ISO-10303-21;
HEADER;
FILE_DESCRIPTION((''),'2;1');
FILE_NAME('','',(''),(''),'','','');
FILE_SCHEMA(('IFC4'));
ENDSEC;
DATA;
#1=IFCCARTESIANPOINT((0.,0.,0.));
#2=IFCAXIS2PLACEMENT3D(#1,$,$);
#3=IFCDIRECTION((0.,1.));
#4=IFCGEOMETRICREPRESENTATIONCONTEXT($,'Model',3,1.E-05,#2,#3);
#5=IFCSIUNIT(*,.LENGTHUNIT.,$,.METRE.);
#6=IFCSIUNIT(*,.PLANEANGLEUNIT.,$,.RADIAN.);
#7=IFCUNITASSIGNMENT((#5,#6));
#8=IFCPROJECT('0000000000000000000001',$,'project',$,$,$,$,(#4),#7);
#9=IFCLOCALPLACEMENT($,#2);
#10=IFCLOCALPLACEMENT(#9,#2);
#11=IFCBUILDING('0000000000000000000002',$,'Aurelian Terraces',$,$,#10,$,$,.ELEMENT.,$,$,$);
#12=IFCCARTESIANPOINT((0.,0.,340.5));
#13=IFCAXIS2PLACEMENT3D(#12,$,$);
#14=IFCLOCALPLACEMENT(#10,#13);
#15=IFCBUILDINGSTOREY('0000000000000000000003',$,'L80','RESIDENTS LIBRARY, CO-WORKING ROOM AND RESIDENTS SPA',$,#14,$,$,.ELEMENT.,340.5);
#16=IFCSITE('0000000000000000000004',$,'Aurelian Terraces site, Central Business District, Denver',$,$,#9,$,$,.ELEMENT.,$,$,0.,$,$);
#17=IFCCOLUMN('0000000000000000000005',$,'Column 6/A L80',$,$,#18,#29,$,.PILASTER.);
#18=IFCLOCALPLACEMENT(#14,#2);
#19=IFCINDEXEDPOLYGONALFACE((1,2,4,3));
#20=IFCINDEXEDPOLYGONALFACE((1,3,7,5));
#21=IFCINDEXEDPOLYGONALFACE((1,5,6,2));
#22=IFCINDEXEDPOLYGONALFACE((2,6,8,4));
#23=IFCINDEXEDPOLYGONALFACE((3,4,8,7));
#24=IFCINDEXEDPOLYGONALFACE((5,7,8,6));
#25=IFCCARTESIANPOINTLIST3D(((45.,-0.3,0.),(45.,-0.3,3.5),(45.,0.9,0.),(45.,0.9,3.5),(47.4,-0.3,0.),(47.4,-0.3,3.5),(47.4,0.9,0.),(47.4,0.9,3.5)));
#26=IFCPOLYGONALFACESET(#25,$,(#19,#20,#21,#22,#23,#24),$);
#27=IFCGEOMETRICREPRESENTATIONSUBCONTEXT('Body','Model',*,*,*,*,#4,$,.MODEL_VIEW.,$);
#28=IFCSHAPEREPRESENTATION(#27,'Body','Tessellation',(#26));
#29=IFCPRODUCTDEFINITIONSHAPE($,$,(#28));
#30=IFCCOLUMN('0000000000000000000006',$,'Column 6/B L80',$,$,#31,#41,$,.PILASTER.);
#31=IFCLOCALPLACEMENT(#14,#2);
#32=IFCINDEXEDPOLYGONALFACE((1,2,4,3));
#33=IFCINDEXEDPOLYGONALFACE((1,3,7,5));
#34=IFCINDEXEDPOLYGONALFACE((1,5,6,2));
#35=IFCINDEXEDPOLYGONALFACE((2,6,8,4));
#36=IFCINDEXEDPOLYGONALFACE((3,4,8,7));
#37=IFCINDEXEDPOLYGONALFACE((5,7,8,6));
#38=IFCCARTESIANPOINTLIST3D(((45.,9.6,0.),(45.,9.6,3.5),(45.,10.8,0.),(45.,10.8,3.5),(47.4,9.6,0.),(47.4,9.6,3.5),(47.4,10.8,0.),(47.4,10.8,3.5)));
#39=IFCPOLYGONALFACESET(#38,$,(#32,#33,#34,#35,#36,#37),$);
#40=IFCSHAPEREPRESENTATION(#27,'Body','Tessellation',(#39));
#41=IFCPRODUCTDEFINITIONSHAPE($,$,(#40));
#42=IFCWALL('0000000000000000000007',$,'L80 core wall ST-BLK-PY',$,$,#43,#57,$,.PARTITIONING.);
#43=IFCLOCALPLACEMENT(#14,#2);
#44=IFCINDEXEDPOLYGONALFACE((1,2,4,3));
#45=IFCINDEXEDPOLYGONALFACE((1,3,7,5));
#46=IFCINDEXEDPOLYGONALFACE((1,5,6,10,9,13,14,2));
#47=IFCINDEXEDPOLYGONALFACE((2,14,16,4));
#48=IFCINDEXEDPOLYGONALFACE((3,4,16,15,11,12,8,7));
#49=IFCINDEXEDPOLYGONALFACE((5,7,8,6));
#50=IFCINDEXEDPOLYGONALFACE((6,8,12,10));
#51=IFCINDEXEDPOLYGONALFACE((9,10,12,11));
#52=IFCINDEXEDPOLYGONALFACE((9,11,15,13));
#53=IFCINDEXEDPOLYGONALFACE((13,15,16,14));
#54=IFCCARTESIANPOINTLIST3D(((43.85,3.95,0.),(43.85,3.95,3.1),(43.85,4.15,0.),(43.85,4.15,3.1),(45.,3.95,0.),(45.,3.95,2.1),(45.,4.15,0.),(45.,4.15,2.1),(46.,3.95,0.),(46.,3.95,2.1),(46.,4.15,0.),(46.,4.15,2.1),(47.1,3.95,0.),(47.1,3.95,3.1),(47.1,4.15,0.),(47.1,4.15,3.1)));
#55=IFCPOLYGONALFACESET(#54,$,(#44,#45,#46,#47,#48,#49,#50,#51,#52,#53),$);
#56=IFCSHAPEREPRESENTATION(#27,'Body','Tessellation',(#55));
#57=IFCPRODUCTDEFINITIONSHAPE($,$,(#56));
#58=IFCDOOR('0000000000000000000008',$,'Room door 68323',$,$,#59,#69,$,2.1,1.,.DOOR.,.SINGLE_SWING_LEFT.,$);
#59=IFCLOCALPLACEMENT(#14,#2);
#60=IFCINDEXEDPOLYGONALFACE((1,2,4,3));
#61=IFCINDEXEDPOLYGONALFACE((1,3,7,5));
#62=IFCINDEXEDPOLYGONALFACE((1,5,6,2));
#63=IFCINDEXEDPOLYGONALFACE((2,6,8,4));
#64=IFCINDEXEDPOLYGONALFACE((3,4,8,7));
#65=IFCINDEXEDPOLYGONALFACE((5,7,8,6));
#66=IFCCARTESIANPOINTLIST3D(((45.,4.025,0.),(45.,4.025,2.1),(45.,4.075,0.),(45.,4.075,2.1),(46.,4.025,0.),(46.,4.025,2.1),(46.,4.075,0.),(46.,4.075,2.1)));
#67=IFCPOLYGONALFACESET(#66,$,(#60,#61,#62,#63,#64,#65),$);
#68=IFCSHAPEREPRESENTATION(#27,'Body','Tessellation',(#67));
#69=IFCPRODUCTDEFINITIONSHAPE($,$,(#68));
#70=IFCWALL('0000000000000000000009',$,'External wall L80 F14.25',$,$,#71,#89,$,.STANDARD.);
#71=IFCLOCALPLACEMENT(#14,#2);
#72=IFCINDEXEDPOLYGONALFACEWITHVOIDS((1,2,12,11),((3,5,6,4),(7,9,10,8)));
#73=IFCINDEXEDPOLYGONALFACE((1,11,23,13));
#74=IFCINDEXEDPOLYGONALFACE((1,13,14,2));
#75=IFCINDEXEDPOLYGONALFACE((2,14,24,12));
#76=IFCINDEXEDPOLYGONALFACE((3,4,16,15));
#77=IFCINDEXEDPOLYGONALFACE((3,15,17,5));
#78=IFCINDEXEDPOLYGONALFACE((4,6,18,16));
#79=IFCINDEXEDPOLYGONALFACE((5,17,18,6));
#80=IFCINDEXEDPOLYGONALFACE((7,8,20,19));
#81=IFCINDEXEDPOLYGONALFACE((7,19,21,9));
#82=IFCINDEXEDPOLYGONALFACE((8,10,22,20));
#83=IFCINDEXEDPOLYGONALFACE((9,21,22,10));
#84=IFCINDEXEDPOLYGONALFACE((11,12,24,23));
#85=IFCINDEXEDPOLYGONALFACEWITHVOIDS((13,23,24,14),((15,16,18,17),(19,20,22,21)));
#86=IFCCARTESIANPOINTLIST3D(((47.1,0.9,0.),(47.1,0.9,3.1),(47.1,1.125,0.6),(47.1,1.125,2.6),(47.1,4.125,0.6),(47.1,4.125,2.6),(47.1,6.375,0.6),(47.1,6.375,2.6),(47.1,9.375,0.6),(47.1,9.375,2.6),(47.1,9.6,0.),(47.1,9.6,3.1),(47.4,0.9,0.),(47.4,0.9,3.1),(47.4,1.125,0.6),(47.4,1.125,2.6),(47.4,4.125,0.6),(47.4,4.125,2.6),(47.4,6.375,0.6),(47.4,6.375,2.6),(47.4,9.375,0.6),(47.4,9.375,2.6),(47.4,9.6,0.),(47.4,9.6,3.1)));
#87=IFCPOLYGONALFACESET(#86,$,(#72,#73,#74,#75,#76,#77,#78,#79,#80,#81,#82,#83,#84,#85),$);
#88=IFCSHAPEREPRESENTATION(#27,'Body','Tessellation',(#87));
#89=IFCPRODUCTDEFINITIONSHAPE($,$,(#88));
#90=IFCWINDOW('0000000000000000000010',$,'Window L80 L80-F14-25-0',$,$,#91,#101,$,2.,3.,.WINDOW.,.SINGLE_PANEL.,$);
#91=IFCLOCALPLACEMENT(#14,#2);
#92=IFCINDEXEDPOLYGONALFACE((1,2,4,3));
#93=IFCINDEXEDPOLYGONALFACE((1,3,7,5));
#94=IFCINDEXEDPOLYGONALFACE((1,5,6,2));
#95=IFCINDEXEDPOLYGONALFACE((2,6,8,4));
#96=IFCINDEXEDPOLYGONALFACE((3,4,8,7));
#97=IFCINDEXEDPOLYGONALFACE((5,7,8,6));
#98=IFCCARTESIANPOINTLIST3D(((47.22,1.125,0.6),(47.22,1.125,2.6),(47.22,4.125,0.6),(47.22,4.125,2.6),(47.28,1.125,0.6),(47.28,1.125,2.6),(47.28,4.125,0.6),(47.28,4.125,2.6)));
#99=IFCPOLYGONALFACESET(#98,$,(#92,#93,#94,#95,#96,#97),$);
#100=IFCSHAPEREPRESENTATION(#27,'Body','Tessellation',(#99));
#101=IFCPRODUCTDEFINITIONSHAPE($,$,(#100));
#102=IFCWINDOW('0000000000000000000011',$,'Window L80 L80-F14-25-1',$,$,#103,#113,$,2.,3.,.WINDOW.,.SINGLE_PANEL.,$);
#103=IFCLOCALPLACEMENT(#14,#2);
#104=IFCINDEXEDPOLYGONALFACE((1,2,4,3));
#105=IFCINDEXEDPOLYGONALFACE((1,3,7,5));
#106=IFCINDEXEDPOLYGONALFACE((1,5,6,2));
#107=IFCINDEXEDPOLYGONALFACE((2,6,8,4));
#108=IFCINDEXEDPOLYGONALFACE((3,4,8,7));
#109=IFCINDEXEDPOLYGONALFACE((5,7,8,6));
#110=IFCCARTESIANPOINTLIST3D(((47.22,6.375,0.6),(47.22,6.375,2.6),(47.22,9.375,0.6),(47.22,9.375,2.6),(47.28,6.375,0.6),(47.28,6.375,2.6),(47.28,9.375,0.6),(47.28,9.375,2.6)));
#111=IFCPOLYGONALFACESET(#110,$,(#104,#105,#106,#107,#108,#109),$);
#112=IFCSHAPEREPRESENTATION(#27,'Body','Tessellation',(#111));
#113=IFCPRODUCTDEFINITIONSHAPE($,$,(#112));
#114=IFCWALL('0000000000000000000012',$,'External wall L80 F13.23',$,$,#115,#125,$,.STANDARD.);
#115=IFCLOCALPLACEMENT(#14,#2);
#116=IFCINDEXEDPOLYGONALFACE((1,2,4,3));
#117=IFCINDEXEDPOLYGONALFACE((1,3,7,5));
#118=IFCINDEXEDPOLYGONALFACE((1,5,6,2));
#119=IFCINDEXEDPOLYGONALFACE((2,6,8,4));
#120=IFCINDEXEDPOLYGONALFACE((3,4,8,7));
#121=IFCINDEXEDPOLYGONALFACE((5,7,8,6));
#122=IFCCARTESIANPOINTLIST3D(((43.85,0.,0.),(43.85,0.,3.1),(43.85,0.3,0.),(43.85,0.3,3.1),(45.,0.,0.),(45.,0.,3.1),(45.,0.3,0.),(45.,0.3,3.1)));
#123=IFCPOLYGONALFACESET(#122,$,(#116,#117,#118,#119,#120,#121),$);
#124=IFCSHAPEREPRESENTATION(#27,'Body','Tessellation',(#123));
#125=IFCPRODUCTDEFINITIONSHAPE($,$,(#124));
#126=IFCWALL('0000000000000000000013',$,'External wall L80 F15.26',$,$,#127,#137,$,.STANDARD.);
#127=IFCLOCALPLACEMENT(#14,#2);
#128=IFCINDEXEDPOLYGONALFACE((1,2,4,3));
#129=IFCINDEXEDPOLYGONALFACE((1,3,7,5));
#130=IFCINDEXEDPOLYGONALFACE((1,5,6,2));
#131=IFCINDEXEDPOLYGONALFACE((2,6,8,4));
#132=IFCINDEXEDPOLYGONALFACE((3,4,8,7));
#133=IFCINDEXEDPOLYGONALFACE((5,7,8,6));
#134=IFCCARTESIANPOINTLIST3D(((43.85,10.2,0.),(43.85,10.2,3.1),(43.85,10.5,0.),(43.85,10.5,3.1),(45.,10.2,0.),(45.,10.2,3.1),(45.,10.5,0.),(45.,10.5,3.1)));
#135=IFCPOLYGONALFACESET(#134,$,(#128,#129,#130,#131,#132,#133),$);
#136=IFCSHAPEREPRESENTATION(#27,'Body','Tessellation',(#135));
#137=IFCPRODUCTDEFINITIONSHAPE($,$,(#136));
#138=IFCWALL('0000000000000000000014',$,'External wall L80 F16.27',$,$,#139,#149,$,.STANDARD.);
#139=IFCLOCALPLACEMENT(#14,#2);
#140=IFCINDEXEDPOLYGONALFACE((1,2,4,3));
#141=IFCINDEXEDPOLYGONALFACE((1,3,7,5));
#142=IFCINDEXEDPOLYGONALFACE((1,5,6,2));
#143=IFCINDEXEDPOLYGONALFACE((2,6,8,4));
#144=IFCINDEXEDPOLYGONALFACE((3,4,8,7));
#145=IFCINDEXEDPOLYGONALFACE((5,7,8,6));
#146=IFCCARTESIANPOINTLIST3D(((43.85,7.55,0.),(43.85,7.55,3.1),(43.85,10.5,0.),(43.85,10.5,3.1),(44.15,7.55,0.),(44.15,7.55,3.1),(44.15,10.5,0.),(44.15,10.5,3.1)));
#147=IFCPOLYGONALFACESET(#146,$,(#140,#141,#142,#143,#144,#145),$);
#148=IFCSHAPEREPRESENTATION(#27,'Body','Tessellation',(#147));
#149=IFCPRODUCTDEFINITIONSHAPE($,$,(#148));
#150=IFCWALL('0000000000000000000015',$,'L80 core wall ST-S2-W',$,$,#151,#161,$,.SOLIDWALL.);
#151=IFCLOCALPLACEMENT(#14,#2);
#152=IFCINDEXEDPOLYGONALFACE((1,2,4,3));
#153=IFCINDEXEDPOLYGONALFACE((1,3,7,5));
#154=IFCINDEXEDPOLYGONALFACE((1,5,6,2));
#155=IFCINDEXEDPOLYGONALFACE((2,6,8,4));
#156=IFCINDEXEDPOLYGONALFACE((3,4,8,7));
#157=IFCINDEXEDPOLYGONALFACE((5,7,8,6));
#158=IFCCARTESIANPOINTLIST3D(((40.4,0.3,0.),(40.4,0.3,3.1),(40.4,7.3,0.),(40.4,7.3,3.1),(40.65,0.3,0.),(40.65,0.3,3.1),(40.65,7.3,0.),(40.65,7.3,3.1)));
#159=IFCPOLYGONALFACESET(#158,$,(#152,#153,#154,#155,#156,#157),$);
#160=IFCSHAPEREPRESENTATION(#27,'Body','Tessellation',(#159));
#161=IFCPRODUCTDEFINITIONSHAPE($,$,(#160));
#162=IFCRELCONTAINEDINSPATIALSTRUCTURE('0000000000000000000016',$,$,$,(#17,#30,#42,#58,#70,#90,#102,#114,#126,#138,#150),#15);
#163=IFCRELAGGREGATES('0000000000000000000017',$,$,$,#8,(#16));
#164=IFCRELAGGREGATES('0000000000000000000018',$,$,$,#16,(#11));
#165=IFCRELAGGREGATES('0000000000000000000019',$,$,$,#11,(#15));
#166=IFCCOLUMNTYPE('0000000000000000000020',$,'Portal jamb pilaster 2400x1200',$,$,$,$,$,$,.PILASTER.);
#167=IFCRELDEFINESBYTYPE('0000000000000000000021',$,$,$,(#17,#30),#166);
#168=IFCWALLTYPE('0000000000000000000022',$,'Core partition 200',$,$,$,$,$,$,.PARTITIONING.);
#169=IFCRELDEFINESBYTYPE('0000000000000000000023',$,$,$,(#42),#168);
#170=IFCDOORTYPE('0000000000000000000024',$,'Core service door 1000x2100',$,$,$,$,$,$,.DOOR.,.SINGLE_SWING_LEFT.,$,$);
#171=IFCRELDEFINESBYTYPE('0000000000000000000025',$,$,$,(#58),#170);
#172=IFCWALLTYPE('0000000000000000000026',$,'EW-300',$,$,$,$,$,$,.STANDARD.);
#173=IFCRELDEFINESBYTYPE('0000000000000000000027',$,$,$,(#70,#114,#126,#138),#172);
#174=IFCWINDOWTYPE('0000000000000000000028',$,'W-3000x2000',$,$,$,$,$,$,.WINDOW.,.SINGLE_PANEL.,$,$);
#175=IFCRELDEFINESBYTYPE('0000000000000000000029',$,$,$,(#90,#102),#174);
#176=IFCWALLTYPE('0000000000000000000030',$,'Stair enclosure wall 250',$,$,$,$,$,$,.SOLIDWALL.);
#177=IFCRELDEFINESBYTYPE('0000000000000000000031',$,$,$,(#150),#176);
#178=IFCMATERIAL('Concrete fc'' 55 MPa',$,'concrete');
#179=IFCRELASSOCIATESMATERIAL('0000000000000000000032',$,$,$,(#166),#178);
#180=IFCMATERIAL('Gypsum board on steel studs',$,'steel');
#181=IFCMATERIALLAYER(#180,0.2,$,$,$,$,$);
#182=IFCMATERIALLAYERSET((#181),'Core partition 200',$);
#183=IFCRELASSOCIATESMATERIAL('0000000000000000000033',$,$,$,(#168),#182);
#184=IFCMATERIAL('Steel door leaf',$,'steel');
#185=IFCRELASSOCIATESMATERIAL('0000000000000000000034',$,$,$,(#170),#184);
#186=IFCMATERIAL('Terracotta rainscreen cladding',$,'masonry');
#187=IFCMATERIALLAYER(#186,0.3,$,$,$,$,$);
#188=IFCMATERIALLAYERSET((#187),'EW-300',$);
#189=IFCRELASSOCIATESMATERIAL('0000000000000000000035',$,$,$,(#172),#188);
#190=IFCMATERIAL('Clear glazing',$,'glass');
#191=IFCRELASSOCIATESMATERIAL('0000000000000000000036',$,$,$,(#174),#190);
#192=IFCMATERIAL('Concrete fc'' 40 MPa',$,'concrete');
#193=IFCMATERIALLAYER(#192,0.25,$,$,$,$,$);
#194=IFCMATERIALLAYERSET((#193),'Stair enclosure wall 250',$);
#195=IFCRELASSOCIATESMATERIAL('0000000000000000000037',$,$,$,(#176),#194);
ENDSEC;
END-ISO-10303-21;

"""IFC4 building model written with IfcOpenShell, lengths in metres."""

from ifc_helpers import new_model, si_unit, direction, frame, frame_2d, origin, origin_2d, place, context, subcontext, project, spatial, rectangle, extrude, source, transform, mapped, material, layer, layer_set, material_profile, profile_set, type_object, element, fill, save


model = new_model("IFC4")

# Units and contexts
model_context = context("Model", 3, precision=1e-05, world=origin(), true_north=direction((0.0, 1.0)))
body_context = subcontext(model_context, "Body", "Model", "MODEL_VIEW")
ifc_project = project(units=[si_unit("LENGTHUNIT", "METRE"), si_unit("PLANEANGLEUNIT", "RADIAN")], contexts=[model_context])

# Site, building, storey
site_placement = place(None, origin())
site = spatial("IfcSite", under=ifc_project, at=site_placement, Name="Aurelian Terraces site, Central Business District, Denver", CompositionType="ELEMENT", RefElevation=0.0)
building_placement = place(site_placement, origin())
building = spatial("IfcBuilding", under=site, at=building_placement, Name="Aurelian Terraces", CompositionType="ELEMENT")
storey_placement = place(building_placement, frame((0.0, 0.0, 340.5)))
storey = spatial("IfcBuildingStorey", under=building, at=storey_placement, Name="L80", Description="RESIDENTS LIBRARY, CO-WORKING ROOM AND RESIDENTS SPA", CompositionType="ELEMENT", Elevation=340.5)

# Columns
ifc_material_1 = material(Name="Concrete fc' 55 MPa", Category="concrete")
ifc_material_profile = material_profile(ifc_material_1, rectangle(XDim=2.4, YDim=1.2, at=origin_2d()))
ifc_profile_set = profile_set([ifc_material_profile], Name="Concrete fc' 55 MPa")
column_type = type_object("IfcColumnType", Name="Portal jamb pilaster 2400x1200", PredefinedType="PILASTER", material=ifc_profile_set)
shared_shape_1 = source(origin(), body_context, "Body", "SweptSolid", [
    extrude(rectangle(XDim=2.4, YDim=1.2, at=origin_2d()), origin(), (0.0, 0.0, 1.0), 3.5),
])
for number, where, z_axis, x_axis, name in (
    (1, (46.2, 0.3, 0.0), (0.0, 0.0, 1.0), (1.0, 0.0, 0.0), "Column 6/A L80"),
    (2, (46.2, 10.2, 0.0), (0.0, 0.0, 1.0), (1.0, 0.0, 0.0), "Column 6/B L80"),
):
    element("IfcColumn", number, at=place(storey_placement, frame(where, z_axis=z_axis, x_axis=x_axis)), inside=storey, type_object=column_type, Name=name, PredefinedType="PILASTER", context=body_context, shape_type="MappedRepresentation", body=[
        mapped(shared_shape_1, transform((0.0, 0.0, 0.0), scale=1.0)),
    ])

# Wall, opening, door
ifc_material_2 = material(Name="Gypsum board on steel studs", Category="steel")
ifc_layer_1 = layer(ifc_material_2, 0.2)
ifc_layer_set_1 = layer_set([ifc_layer_1], Name="Core partition 200")
wall_type_1 = type_object("IfcWallType", Name="Core partition 200", PredefinedType="PARTITIONING", material=ifc_layer_set_1)
wall_1_placement = place(storey_placement, frame((43.85, 4.05, 0.0), z_axis=(0.0, 0.0, 1.0), x_axis=(1.0, 0.0, 0.0)))
wall_1 = element("IfcWall", 3, at=wall_1_placement, inside=storey, type_object=wall_type_1, Name="L80 core wall ST-BLK-PY", PredefinedType="PARTITIONING", context=body_context, shape_type="SweptSolid", body=[
    extrude(rectangle(XDim=3.25, YDim=0.2, at=frame_2d((1.625, 0.0))), origin(), (0.0, 0.0, 1.0), 3.1),
])
shared_shape_2 = source(origin(), body_context, "Body", "SweptSolid", [
    extrude(rectangle(XDim=1.0, YDim=2.1, at=frame_2d((0.5, 1.05))), frame((0.0, 0.11, 0.0), z_axis=(0.0, -1.0, 0.0), x_axis=(1.0, 0.0, 0.0)), (0.0, 0.0, 1.0), 0.22),
])
opening_1_placement = place(wall_1_placement, frame((1.15, 0.0, 0.0)))
opening_1 = element("IfcOpeningElement", 4, at=opening_1_placement, cuts=wall_1, PredefinedType="OPENING", context=body_context, shape_type="MappedRepresentation", body=[
    mapped(shared_shape_2, transform((0.0, 0.0, 0.0), scale=1.0)),
])
ifc_material_3 = material(Name="Steel door leaf", Category="steel")
door_type_1 = type_object("IfcDoorType", Name="Core service door 1000x2100", OperationType="SINGLE_SWING_LEFT", PredefinedType="DOOR", material=ifc_material_3)
shared_shape_3 = source(origin(), body_context, "Body", "SweptSolid", [
    extrude(rectangle(XDim=1.0, YDim=2.1, at=frame_2d((0.5, 1.05))), frame((0.0, 0.025, 0.0), z_axis=(0.0, -1.0, 0.0), x_axis=(1.0, 0.0, 0.0)), (0.0, 0.0, 1.0), 0.05),
])
door_1_placement = place(opening_1_placement, origin())
door_1 = element("IfcDoor", 5, at=door_1_placement, inside=storey, type_object=door_type_1, Name="Room door 68323", OperationType="SINGLE_SWING_LEFT", OverallHeight=2.1, OverallWidth=1.0, PredefinedType="DOOR", context=body_context, shape_type="MappedRepresentation", body=[
    mapped(shared_shape_3, transform((0.0, 0.0, 0.0), scale=1.0)),
])
fill(opening_1, door_1)

# Wall, openings, windows
ifc_material_4 = material(Name="Terracotta rainscreen cladding", Category="masonry")
ifc_layer_2 = layer(ifc_material_4, 0.3)
ifc_layer_set_2 = layer_set([ifc_layer_2], Name="EW-300")
wall_type_2 = type_object("IfcWallType", Name="EW-300", PredefinedType="STANDARD", material=ifc_layer_set_2)
shared_shape_4 = source(origin(), body_context, "Body", "SweptSolid", [
    extrude(rectangle(XDim=8.7, YDim=0.3, at=frame_2d((4.35, 0.0))), origin(), (0.0, 0.0, 1.0), 3.1),
])
wall_2_placement = place(storey_placement, frame((47.25, 0.9, 0.0), z_axis=(0.0, 0.0, 1.0), x_axis=(0.0, 1.0, 0.0)))
wall_2 = element("IfcWall", 6, at=wall_2_placement, inside=storey, type_object=wall_type_2, Name="External wall L80 F14.25", PredefinedType="STANDARD", context=body_context, shape_type="MappedRepresentation", body=[
    mapped(shared_shape_4, transform((0.0, 0.0, 0.0), scale=1.0)),
])
shared_shape_5 = source(origin(), body_context, "Body", "SweptSolid", [
    extrude(rectangle(XDim=3.0, YDim=2.0, at=frame_2d((1.5, 1.0))), frame((0.0, 0.16, 0.0), z_axis=(0.0, -1.0, 0.0), x_axis=(1.0, 0.0, 0.0)), (0.0, 0.0, 1.0), 0.32),
])
opening_2_placement = place(wall_2_placement, frame((0.225, 0.0, 0.6)))
opening_2 = element("IfcOpeningElement", 7, at=opening_2_placement, cuts=wall_2, PredefinedType="OPENING", context=body_context, shape_type="MappedRepresentation", body=[
    mapped(shared_shape_5, transform((0.0, 0.0, 0.0), scale=1.0)),
])
opening_3_placement = place(wall_2_placement, frame((5.475, 0.0, 0.6)))
opening_3 = element("IfcOpeningElement", 8, at=opening_3_placement, cuts=wall_2, PredefinedType="OPENING", context=body_context, shape_type="MappedRepresentation", body=[
    mapped(shared_shape_5, transform((0.0, 0.0, 0.0), scale=1.0)),
])
ifc_material_5 = material(Name="Clear glazing", Category="glass")
window_type = type_object("IfcWindowType", Name="W-3000x2000", PartitioningType="SINGLE_PANEL", PredefinedType="WINDOW", material=ifc_material_5)
shared_shape_6 = source(origin(), body_context, "Body", "SweptSolid", [
    extrude(rectangle(XDim=3.0, YDim=2.0, at=frame_2d((1.5, 1.0))), frame((0.0, 0.03, 0.0), z_axis=(0.0, -1.0, 0.0), x_axis=(1.0, 0.0, 0.0)), (0.0, 0.0, 1.0), 0.06),
])
window_1_placement = place(opening_2_placement, origin())
window_1 = element("IfcWindow", 9, at=window_1_placement, inside=storey, type_object=window_type, Name="Window L80 L80-F14-25-0", OverallHeight=2.0, OverallWidth=3.0, PartitioningType="SINGLE_PANEL", PredefinedType="WINDOW", context=body_context, shape_type="MappedRepresentation", body=[
    mapped(shared_shape_6, transform((0.0, 0.0, 0.0), scale=1.0)),
])
fill(opening_2, window_1)
window_2_placement = place(opening_3_placement, origin())
window_2 = element("IfcWindow", 10, at=window_2_placement, inside=storey, type_object=window_type, Name="Window L80 L80-F14-25-1", OverallHeight=2.0, OverallWidth=3.0, PartitioningType="SINGLE_PANEL", PredefinedType="WINDOW", context=body_context, shape_type="MappedRepresentation", body=[
    mapped(shared_shape_6, transform((0.0, 0.0, 0.0), scale=1.0)),
])
fill(opening_3, window_2)

# Walls
shared_shape_7 = source(origin(), body_context, "Body", "SweptSolid", [
    extrude(rectangle(XDim=1.15, YDim=0.3, at=frame_2d((0.575, 0.0))), origin(), (0.0, 0.0, 1.0), 3.1),
])
for number, where, z_axis, x_axis, name in (
    (11, (43.85, 0.15, 0.0), (0.0, 0.0, 1.0), (1.0, 0.0, 0.0), "External wall L80 F13.23"),
    (12, (45.0, 10.35, 0.0), (0.0, 0.0, 1.0), (-1.0, 0.0, 0.0), "External wall L80 F15.26"),
):
    element("IfcWall", number, at=place(storey_placement, frame(where, z_axis=z_axis, x_axis=x_axis)), inside=storey, type_object=wall_type_2, Name=name, PredefinedType="STANDARD", context=body_context, shape_type="MappedRepresentation", body=[
        mapped(shared_shape_7, transform((0.0, 0.0, 0.0), scale=1.0)),
    ])
shared_shape_8 = source(origin(), body_context, "Body", "SweptSolid", [
    extrude(rectangle(XDim=2.95, YDim=0.3, at=frame_2d((1.475, 0.0))), origin(), (0.0, 0.0, 1.0), 3.1),
])
wall_3_placement = place(storey_placement, frame((44.0, 10.5, 0.0), z_axis=(0.0, 0.0, 1.0), x_axis=(0.0, -1.0, 0.0)))
element("IfcWall", 13, at=wall_3_placement, inside=storey, type_object=wall_type_2, Name="External wall L80 F16.27", PredefinedType="STANDARD", context=body_context, shape_type="MappedRepresentation", body=[
    mapped(shared_shape_8, transform((0.0, 0.0, 0.0), scale=1.0)),
])
ifc_material_6 = material(Name="Concrete fc' 40 MPa", Category="concrete")
ifc_layer_3 = layer(ifc_material_6, 0.25)
ifc_layer_set_3 = layer_set([ifc_layer_3], Name="Stair enclosure wall 250")
wall_type_3 = type_object("IfcWallType", Name="Stair enclosure wall 250", PredefinedType="SOLIDWALL", material=ifc_layer_set_3)
shared_shape_9 = source(origin(), body_context, "Body", "SweptSolid", [
    extrude(rectangle(XDim=7.0, YDim=0.25, at=frame_2d((3.5, 0.0))), origin(), (0.0, 0.0, 1.0), 3.1),
])
wall_4_placement = place(storey_placement, frame((40.525, 0.3, 0.0), z_axis=(0.0, 0.0, 1.0), x_axis=(0.0, 1.0, 0.0)))
element("IfcWall", 14, at=wall_4_placement, inside=storey, type_object=wall_type_3, Name="L80 core wall ST-S2-W", PredefinedType="SOLIDWALL", context=body_context, shape_type="MappedRepresentation", body=[
    mapped(shared_shape_9, transform((0.0, 0.0, 0.0), scale=1.0)),
])

save(model, "model.ifc")
